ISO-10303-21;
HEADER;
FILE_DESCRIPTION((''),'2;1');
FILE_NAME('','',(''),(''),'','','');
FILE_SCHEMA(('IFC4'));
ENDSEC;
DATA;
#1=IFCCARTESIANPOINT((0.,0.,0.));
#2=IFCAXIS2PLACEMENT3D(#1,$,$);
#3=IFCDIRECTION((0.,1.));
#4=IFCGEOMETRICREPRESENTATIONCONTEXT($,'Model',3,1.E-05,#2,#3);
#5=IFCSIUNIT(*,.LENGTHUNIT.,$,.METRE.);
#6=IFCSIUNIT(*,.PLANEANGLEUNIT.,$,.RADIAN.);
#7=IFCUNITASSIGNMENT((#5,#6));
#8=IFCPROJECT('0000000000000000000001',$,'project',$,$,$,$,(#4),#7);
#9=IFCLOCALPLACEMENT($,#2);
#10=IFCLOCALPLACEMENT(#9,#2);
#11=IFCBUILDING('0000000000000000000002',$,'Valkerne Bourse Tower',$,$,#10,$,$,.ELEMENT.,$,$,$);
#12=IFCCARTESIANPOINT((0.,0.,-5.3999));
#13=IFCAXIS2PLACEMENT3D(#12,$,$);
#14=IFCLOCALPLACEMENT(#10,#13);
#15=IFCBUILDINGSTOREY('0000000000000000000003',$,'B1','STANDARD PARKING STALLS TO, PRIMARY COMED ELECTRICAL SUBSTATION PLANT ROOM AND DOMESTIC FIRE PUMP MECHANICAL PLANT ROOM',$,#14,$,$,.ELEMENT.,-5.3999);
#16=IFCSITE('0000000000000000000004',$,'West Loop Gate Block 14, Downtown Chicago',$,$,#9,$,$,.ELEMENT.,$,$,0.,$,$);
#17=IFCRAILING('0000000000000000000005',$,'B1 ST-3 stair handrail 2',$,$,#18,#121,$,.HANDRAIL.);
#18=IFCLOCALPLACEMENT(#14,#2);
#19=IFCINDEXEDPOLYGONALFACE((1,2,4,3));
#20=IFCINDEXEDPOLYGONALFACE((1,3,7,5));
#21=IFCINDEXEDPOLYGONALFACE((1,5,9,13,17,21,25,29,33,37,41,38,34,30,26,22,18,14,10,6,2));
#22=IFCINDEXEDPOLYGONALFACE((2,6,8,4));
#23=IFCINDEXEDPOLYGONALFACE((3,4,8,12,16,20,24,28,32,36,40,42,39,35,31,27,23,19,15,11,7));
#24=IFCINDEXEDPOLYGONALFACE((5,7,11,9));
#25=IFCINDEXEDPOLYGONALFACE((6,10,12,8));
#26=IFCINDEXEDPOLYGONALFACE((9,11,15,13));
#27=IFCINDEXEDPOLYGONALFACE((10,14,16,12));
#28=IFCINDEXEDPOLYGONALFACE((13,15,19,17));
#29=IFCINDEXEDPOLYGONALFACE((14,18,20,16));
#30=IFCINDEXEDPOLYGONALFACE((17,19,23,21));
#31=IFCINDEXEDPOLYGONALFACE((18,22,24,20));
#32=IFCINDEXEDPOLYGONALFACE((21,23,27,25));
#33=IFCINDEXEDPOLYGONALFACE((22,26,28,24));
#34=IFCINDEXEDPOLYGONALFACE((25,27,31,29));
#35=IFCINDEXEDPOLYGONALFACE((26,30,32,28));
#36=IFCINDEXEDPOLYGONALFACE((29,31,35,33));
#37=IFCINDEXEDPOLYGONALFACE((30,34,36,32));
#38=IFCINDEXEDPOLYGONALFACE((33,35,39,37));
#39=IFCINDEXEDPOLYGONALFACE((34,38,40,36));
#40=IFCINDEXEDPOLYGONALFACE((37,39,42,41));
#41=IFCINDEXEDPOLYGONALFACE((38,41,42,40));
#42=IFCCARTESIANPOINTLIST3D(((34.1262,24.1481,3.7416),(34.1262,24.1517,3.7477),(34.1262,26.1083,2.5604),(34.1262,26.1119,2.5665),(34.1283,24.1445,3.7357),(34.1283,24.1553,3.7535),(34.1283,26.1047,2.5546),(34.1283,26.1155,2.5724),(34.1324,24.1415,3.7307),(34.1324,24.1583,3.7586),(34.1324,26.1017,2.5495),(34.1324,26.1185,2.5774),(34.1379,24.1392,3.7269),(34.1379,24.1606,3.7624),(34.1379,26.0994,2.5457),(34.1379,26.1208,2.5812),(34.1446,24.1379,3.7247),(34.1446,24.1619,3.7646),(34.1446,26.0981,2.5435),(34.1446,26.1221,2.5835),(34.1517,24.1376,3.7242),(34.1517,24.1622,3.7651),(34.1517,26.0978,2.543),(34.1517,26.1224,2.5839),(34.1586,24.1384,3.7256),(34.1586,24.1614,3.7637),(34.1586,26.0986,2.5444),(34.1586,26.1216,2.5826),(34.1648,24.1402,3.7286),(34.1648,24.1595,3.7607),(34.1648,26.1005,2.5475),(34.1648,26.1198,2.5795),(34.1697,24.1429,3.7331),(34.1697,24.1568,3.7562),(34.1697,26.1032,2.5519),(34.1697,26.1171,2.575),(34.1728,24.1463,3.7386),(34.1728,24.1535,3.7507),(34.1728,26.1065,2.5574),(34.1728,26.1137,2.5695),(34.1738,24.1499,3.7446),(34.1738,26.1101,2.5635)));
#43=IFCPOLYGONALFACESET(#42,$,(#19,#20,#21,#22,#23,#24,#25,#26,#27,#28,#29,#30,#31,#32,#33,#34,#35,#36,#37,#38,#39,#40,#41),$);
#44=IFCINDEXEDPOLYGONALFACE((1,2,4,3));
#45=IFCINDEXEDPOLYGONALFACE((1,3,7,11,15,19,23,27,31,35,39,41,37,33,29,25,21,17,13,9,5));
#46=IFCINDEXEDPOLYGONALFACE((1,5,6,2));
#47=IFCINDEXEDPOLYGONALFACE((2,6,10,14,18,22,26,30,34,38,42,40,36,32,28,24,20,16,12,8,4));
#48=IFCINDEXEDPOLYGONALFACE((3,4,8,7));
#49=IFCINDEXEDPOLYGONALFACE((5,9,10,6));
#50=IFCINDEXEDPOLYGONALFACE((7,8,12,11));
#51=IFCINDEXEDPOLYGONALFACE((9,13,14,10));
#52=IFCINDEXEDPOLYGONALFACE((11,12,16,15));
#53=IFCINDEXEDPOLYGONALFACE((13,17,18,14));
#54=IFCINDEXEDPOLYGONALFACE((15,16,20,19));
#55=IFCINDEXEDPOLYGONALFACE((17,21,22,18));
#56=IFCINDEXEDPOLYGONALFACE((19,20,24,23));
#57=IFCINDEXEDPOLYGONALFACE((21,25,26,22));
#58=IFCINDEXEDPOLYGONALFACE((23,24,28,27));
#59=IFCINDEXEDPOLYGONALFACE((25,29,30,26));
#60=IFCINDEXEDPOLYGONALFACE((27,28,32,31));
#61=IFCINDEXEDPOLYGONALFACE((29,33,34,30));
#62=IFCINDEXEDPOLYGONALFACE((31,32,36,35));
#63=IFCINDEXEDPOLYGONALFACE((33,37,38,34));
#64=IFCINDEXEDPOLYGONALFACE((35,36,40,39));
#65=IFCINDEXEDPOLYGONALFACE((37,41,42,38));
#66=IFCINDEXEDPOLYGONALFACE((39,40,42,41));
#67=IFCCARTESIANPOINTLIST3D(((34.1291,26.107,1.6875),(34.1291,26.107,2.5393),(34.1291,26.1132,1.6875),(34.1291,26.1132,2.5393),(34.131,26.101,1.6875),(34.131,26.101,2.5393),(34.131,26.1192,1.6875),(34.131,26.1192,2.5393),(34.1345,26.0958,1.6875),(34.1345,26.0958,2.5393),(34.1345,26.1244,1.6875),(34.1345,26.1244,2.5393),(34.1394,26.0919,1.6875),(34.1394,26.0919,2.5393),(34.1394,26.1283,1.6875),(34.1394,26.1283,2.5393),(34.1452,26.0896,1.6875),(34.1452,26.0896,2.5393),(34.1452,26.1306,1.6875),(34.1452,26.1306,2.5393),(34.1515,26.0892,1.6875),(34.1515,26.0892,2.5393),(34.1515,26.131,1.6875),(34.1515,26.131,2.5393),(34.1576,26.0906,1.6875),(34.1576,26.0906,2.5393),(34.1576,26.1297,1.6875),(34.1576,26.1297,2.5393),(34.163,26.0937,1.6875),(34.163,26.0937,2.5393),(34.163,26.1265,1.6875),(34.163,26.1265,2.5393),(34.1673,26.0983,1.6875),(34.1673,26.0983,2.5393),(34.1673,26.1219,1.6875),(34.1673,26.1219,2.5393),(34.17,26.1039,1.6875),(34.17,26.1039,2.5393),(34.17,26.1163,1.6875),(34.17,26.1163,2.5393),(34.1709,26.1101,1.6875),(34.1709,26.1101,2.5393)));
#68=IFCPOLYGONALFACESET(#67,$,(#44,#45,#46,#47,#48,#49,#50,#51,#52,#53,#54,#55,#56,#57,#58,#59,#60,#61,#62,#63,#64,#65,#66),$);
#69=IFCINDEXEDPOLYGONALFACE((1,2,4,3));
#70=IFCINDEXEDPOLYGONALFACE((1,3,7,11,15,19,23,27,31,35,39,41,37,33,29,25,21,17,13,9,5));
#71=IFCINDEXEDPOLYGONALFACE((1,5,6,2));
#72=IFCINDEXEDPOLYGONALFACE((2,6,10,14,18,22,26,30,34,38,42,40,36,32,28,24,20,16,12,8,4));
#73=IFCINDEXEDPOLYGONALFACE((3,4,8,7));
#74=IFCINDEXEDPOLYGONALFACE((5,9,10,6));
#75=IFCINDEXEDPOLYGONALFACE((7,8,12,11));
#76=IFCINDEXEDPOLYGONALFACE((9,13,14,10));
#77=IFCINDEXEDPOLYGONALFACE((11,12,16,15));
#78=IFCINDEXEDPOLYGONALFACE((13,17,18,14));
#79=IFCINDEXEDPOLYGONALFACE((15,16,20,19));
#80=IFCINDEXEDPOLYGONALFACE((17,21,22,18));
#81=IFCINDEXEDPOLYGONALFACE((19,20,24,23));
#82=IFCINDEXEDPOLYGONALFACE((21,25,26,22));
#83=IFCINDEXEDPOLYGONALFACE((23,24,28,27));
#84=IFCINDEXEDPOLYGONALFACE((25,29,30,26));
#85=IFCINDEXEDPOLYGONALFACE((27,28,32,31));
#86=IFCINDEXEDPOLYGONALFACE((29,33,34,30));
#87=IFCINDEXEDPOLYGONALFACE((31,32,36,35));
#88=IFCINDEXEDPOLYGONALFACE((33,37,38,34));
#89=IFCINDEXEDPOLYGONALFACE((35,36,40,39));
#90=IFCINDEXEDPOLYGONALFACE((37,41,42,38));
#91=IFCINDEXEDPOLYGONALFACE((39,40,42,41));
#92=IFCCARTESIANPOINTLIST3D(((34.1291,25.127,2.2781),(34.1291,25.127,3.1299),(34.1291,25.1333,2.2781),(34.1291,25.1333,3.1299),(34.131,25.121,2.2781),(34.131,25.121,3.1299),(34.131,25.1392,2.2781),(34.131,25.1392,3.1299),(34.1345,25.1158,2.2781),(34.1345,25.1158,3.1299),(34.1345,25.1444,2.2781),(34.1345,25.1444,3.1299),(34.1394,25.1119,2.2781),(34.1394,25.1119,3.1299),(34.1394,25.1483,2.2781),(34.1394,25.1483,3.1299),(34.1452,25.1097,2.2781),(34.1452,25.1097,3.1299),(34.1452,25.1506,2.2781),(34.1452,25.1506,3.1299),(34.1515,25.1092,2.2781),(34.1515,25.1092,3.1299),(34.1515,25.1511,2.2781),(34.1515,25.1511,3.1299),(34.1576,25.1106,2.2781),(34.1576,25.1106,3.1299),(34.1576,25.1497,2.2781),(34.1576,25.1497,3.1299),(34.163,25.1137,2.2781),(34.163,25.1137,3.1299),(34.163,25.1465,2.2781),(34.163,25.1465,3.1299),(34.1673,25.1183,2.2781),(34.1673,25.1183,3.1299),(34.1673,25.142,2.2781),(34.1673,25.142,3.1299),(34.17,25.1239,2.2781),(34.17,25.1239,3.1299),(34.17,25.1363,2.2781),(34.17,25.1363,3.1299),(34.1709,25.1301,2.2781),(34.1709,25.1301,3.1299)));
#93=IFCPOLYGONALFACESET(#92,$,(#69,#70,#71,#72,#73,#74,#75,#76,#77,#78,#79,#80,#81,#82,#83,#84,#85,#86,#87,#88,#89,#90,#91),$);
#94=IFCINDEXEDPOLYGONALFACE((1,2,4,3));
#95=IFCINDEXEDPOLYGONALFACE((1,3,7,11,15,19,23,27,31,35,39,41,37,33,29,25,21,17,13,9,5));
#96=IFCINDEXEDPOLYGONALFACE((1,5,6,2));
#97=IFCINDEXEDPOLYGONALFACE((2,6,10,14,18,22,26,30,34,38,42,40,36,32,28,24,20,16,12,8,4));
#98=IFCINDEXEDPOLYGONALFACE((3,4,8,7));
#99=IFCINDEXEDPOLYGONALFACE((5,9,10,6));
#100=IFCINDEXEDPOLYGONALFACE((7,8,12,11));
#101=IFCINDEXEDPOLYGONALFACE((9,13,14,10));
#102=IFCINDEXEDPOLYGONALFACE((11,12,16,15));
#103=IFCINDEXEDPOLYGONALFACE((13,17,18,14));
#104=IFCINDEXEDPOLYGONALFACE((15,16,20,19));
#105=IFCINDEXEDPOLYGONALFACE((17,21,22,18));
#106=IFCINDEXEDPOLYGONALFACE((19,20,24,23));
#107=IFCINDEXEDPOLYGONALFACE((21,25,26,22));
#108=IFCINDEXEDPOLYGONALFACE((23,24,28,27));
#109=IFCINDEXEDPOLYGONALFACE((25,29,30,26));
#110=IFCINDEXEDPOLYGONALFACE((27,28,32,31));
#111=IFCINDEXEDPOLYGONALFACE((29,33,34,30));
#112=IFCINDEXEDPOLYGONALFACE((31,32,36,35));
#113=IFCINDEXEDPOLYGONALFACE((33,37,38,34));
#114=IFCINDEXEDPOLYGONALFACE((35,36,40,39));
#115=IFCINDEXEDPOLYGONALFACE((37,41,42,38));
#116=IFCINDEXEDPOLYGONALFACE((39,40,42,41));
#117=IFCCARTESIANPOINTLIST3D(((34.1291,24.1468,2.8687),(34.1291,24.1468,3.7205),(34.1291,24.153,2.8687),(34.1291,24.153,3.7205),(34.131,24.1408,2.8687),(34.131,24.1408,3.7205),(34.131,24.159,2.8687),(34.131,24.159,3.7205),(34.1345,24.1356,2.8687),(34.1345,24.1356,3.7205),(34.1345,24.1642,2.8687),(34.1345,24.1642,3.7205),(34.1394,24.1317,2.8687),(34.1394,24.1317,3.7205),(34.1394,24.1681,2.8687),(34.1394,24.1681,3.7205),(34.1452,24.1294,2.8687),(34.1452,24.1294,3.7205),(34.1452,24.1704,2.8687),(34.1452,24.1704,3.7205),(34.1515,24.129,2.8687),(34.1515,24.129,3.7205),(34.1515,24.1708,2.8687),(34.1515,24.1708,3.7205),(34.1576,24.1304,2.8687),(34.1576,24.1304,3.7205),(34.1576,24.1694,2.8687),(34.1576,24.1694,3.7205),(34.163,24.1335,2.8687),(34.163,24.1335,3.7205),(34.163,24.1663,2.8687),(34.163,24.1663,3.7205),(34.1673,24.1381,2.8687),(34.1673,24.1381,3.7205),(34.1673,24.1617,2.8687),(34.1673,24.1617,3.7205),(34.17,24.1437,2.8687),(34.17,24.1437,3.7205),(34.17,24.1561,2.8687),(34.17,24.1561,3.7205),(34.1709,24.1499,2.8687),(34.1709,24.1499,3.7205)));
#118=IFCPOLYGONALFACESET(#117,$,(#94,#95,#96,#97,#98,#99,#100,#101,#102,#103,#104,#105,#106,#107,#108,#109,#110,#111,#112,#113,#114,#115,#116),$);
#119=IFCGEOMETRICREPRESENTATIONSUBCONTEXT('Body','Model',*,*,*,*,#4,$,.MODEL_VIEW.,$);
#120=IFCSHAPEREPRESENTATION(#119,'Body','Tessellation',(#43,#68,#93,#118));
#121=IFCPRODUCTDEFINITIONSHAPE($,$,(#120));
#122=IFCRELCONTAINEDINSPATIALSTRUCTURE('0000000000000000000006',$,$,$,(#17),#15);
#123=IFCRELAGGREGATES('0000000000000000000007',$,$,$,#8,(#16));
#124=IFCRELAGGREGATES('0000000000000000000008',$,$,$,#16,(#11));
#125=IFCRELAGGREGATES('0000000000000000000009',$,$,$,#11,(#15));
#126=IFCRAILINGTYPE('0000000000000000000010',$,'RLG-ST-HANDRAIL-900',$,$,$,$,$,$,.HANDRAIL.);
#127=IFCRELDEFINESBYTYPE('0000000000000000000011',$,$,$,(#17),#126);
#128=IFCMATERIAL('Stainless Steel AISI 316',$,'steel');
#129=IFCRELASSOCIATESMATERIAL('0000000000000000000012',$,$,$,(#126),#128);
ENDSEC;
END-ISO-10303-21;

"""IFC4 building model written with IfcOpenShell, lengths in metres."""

from ifc_helpers import new_model, si_unit, direction, frame, origin, origin_2d, place, context, subcontext, project, spatial, circle, extrude, material, type_object, element, save


model = new_model("IFC4")

# Units and contexts
model_context = context("Model", 3, precision=1e-05, world=origin(), true_north=direction((0.0, 1.0)))
body_context = subcontext(model_context, "Body", "Model", "MODEL_VIEW")
ifc_project = project(units=[si_unit("LENGTHUNIT", "METRE"), si_unit("PLANEANGLEUNIT", "RADIAN")], contexts=[model_context])

# Site, building, storey
site_placement = place(None, origin())
site = spatial("IfcSite", under=ifc_project, at=site_placement, Name="West Loop Gate Block 14, Downtown Chicago", CompositionType="ELEMENT", RefElevation=0.0)
building_placement = place(site_placement, origin())
building = spatial("IfcBuilding", under=site, at=building_placement, Name="Valkerne Bourse Tower", CompositionType="ELEMENT")
storey_placement = place(building_placement, frame((0.0, 0.0, -5.3999)))
storey = spatial("IfcBuildingStorey", under=building, at=storey_placement, Name="B1", Description="STANDARD PARKING STALLS TO, PRIMARY COMED ELECTRICAL SUBSTATION PLANT ROOM AND DOMESTIC FIRE PUMP MECHANICAL PLANT ROOM", CompositionType="ELEMENT", Elevation=-5.3999)

# Shared definitions
ifc_material_1 = material(Name="Stainless Steel AISI 316", Category="steel")

# Railing
railing_type_1 = type_object("IfcRailingType", Name="RLG-ST-HANDRAIL-900", PredefinedType="HANDRAIL", material=ifc_material_1)
railing_1_placement = place(storey_placement, frame((34.1499, 26.1101, 1.6875)))
element("IfcRailing", 1, at=railing_1_placement, inside=storey, type_object=railing_type_1, Name="B1 ST-3 stair handrail 2", PredefinedType="HANDRAIL", context=body_context, shape_type="SweptSolid", body=[
    extrude(circle(Radius=0.0239, at=origin_2d()), frame((0.0, 0.0, 0.876), z_axis=(0.0, -0.856522, 0.516111), x_axis=(1.0, 0.0, 0.0)), (0.0, 0.0, 1.0), 2.2886),
    extrude(circle(Radius=0.021, at=origin_2d()), origin(), (0.0, 0.0, 1.0), 0.8518),
    extrude(circle(Radius=0.021, at=origin_2d()), frame((0.0, -0.98, 0.5906)), (0.0, 0.0, 1.0), 0.8518),
    extrude(circle(Radius=0.021, at=origin_2d()), frame((0.0, -1.9602, 1.1812)), (0.0, 0.0, 1.0), 0.8518),
])

save(model, "model.ifc")
